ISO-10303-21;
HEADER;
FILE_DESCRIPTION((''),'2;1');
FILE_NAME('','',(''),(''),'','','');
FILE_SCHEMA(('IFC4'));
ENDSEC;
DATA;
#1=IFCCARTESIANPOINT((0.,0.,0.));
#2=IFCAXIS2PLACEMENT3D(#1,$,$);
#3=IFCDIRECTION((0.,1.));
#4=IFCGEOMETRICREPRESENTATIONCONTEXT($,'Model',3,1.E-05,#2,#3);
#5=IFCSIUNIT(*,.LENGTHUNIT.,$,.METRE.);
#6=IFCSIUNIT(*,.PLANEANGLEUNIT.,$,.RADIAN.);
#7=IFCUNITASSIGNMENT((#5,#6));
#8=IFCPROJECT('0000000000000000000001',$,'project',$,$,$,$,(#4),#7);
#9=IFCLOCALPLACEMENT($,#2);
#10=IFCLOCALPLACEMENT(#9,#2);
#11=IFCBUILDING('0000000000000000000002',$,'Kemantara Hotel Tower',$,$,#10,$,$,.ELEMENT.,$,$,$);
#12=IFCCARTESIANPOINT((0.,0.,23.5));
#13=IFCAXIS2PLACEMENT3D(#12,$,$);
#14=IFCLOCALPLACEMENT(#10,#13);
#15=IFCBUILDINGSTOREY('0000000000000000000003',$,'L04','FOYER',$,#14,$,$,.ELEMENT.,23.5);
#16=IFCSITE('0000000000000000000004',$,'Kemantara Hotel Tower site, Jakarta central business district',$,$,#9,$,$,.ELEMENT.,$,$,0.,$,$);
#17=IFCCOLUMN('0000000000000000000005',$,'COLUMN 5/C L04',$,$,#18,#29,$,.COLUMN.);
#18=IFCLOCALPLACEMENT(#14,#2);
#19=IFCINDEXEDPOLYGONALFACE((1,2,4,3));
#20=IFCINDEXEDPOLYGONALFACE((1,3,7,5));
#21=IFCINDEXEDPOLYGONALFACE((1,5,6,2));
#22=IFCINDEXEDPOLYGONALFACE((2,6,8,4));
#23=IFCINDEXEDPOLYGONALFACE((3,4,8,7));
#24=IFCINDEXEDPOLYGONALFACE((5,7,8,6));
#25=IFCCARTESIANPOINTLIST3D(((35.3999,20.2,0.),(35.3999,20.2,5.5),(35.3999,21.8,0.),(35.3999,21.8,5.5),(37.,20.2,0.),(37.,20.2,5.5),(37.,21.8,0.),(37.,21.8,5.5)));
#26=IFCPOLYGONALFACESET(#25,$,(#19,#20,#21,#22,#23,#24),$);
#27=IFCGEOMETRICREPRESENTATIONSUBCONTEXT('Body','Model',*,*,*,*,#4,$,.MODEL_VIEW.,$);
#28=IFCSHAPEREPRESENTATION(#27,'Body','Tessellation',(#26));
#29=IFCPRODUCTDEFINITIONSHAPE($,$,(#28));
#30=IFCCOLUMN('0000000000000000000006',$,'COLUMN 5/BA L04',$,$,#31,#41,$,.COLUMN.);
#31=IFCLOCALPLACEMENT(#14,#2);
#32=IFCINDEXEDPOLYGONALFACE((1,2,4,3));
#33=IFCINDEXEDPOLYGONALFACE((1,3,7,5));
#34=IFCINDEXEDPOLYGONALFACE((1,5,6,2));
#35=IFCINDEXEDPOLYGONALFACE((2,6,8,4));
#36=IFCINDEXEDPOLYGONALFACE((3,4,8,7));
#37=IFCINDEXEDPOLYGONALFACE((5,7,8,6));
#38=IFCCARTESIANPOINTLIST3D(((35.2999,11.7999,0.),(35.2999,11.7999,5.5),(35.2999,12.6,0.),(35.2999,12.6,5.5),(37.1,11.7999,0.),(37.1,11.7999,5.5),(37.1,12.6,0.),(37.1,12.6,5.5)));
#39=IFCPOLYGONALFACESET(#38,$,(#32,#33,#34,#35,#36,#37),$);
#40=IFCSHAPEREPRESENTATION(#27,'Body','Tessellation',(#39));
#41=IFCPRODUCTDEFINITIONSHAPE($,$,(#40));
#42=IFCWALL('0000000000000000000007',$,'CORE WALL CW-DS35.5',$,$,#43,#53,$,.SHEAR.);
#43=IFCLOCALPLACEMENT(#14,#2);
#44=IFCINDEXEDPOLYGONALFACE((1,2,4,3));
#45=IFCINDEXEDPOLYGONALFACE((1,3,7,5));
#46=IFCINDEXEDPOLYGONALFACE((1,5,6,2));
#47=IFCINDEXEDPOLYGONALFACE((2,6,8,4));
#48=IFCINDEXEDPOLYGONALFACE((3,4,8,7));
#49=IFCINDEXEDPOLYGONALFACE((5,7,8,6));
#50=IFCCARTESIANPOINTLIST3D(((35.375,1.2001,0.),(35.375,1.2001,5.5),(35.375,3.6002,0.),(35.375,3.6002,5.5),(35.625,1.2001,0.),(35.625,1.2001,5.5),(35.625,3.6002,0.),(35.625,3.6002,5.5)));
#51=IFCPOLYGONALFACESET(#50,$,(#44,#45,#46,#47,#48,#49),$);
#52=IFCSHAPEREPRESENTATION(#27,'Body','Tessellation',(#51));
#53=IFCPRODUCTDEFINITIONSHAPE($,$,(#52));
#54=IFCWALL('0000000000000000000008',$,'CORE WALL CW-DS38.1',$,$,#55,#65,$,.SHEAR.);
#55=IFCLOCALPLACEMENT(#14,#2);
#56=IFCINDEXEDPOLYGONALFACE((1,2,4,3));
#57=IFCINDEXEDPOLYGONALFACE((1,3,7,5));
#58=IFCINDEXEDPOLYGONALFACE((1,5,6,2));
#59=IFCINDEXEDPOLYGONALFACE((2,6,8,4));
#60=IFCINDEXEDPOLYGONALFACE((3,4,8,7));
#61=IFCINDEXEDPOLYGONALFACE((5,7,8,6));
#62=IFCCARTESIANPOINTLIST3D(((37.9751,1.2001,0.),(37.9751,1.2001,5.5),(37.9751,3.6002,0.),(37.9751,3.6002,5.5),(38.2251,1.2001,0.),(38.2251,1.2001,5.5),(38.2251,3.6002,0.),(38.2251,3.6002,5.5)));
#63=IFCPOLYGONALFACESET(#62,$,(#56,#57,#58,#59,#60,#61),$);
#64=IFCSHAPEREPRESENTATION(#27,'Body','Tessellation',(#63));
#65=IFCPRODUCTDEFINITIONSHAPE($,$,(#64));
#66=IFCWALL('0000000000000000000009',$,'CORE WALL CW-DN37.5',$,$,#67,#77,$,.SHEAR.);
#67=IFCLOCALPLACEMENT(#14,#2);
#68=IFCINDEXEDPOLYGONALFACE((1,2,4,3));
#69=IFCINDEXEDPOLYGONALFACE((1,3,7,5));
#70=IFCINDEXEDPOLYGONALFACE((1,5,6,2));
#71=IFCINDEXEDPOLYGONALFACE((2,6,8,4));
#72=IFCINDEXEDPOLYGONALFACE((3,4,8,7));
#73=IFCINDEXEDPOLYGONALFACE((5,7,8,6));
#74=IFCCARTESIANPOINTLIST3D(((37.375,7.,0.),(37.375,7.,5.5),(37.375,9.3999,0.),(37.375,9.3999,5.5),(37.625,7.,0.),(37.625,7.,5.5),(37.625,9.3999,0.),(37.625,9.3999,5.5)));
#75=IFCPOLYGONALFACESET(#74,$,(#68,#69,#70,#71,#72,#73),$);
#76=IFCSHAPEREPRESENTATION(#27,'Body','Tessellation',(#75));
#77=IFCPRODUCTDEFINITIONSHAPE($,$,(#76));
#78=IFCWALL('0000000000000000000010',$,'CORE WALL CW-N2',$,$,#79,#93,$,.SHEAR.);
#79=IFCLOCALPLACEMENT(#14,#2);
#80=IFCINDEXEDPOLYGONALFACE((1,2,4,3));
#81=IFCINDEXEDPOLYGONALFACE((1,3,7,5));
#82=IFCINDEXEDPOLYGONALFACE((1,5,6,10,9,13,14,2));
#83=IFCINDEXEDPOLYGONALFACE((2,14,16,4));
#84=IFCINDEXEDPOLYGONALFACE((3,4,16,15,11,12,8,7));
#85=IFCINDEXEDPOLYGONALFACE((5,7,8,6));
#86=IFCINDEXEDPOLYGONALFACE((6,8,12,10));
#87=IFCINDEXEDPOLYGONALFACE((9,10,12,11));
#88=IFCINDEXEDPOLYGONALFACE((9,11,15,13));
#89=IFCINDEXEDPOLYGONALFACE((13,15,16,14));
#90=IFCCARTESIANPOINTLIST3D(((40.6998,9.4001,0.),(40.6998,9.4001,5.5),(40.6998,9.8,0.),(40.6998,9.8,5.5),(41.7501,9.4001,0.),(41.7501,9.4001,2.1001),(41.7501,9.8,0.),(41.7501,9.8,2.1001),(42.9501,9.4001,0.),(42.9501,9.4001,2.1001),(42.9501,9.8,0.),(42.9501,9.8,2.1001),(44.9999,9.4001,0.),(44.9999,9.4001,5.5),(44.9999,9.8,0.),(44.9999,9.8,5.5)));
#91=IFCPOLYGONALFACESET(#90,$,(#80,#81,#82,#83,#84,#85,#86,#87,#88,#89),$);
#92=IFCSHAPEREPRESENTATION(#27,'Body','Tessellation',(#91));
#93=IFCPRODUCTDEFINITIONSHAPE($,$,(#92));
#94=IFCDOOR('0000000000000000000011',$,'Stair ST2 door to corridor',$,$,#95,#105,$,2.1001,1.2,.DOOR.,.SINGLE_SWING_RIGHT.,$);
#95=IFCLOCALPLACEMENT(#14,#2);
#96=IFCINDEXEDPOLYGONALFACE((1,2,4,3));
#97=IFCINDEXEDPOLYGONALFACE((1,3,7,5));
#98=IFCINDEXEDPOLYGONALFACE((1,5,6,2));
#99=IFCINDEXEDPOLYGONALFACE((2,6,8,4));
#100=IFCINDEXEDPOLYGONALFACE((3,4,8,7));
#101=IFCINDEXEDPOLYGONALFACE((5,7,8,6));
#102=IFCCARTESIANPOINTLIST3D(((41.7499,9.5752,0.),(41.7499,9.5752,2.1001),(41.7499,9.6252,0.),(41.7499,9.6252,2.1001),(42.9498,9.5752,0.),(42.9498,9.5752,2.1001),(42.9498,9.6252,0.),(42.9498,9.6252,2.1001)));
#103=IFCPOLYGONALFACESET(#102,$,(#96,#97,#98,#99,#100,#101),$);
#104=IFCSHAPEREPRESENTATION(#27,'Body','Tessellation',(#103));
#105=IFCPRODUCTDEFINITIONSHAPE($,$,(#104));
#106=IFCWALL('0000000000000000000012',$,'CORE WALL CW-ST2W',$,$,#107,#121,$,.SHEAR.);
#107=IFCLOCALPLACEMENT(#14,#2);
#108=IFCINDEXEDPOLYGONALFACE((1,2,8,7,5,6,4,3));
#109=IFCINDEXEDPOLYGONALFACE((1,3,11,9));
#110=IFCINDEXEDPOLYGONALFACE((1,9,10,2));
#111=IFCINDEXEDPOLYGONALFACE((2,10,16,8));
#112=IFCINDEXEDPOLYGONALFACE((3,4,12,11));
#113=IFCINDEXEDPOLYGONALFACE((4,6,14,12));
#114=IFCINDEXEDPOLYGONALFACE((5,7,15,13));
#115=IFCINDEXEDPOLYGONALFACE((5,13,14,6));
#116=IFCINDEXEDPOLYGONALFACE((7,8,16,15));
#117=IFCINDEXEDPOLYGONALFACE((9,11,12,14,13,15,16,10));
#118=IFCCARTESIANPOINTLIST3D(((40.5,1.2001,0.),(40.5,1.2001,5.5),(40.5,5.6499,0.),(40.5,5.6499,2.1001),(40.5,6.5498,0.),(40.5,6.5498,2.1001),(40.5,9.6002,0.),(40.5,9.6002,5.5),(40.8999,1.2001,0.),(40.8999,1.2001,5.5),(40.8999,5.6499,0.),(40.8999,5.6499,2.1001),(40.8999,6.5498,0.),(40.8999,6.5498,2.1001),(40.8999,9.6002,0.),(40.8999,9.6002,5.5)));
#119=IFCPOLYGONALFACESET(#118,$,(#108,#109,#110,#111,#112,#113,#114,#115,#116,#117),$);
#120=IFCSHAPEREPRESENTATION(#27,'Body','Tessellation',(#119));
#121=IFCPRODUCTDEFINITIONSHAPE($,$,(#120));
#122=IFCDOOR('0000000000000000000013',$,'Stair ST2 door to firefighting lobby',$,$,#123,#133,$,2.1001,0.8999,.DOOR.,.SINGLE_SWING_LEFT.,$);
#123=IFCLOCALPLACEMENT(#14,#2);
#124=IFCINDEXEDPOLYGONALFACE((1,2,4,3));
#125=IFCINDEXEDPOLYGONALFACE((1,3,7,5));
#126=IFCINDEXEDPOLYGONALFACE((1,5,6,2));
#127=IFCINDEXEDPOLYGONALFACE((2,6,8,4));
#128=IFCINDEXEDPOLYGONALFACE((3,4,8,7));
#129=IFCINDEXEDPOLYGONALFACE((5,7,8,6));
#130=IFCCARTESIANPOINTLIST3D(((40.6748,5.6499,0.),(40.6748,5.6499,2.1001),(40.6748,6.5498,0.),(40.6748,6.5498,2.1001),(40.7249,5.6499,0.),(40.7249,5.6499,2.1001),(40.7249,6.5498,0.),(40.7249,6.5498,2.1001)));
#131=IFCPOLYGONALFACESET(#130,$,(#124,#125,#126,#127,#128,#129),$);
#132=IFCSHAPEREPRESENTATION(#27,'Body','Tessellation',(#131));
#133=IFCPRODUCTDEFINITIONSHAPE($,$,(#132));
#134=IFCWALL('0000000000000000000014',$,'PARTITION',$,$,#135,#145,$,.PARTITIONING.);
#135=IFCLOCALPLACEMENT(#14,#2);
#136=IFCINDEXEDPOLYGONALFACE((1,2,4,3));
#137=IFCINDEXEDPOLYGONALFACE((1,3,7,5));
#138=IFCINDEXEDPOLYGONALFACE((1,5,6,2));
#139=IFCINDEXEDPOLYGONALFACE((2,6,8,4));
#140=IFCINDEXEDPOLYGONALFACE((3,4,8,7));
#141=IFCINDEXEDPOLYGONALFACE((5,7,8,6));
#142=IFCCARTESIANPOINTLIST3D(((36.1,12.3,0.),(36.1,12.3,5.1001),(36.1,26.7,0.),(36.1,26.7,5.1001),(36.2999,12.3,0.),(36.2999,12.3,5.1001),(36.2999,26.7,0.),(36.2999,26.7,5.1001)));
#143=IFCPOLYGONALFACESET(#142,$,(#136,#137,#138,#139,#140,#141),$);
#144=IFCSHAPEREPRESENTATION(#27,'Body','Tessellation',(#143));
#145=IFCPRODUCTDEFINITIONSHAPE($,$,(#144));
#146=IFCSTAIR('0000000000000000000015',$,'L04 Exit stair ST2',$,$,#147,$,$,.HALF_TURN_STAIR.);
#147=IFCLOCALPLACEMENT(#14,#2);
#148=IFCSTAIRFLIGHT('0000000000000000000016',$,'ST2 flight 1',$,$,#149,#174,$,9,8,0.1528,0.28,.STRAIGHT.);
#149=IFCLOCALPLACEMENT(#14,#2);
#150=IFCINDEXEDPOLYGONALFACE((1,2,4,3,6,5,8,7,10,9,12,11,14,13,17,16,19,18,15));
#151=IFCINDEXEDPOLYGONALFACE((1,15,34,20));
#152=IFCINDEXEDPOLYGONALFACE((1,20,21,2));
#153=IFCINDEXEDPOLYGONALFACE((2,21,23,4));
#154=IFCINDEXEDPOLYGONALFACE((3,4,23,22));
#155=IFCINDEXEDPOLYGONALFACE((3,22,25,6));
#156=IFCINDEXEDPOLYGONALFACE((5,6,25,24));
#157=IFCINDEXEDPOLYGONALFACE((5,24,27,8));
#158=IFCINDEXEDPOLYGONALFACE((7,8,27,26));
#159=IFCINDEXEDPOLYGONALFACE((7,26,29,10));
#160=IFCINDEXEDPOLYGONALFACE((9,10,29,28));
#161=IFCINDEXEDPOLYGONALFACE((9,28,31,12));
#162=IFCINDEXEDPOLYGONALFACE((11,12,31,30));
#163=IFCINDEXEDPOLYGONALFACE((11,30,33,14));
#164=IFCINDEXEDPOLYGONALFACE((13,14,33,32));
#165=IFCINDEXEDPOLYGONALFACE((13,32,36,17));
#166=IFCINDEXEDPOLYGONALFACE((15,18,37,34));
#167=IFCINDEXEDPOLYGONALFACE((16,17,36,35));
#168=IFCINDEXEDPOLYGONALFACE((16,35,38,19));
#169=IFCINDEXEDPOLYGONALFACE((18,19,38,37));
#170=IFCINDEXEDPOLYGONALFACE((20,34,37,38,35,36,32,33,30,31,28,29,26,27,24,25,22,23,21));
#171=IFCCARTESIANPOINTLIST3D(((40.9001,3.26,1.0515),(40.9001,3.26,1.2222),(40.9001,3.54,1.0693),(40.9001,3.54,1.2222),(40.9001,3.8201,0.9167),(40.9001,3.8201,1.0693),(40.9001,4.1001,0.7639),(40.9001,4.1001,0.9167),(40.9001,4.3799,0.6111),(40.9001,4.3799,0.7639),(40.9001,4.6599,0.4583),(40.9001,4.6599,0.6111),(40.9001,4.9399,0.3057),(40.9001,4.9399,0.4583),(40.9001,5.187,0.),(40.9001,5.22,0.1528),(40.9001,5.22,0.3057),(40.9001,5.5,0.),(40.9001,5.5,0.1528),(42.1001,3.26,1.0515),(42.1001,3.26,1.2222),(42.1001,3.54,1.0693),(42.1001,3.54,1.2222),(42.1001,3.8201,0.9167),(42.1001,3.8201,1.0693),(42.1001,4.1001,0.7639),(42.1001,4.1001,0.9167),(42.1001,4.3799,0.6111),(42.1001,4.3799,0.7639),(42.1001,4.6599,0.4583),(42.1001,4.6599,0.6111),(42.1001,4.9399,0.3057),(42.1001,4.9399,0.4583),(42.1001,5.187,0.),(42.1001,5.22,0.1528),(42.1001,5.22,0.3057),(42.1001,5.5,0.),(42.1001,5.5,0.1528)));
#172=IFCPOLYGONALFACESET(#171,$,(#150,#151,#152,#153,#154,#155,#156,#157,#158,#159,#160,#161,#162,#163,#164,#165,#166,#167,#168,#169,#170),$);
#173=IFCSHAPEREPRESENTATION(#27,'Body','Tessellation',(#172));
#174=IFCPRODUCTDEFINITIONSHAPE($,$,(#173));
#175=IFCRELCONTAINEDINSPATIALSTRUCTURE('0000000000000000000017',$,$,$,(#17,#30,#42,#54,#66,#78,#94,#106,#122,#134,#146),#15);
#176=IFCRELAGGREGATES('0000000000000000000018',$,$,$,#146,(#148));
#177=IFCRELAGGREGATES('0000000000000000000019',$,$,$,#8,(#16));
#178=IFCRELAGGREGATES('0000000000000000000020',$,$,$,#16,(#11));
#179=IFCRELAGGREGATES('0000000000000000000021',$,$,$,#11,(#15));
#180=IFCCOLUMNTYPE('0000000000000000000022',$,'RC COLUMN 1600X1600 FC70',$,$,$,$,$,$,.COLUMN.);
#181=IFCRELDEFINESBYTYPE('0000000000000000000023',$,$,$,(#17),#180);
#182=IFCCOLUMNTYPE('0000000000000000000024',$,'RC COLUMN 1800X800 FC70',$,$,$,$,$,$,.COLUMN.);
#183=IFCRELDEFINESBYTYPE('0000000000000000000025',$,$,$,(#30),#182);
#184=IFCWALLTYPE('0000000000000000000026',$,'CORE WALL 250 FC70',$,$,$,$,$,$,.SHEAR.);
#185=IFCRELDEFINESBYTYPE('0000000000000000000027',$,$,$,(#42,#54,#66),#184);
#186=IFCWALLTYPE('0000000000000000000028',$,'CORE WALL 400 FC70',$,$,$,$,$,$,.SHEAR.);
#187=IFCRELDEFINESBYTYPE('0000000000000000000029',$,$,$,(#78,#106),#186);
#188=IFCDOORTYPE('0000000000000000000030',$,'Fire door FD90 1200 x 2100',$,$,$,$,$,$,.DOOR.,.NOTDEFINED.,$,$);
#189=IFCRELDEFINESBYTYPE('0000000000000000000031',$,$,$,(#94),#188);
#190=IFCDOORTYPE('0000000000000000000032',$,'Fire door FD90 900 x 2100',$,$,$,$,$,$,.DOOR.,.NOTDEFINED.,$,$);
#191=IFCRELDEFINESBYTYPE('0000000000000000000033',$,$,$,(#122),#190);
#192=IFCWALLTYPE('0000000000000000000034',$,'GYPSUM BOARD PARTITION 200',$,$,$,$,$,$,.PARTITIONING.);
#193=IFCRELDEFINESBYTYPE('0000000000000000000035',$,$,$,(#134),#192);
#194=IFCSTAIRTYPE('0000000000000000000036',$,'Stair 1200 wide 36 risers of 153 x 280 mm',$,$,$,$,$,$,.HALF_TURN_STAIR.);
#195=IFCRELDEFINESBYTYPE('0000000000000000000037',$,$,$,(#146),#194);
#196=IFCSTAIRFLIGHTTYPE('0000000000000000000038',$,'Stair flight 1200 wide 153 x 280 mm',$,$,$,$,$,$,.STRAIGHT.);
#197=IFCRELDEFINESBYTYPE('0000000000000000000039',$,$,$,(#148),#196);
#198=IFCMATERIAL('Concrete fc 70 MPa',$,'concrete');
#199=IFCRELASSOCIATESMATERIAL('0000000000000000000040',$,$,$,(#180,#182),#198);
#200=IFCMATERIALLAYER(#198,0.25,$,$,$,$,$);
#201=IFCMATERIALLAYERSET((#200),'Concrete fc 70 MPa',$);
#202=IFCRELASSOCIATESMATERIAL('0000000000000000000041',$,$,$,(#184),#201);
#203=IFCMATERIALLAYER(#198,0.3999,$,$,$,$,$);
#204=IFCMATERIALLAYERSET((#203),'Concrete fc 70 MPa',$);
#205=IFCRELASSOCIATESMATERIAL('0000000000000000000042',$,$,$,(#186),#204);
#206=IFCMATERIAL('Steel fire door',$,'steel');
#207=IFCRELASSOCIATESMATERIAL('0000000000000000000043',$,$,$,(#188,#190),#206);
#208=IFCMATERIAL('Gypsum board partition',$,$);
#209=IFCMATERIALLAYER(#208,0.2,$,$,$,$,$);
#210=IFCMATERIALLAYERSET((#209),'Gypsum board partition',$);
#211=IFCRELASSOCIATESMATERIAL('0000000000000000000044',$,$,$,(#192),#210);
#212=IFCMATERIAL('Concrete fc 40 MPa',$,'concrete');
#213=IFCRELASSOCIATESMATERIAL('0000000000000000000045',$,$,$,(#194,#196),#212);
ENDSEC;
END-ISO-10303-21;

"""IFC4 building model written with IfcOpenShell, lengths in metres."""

from ifc_helpers import new_model, si_unit, direction, frame, frame_2d, origin, origin_2d, place, context, subcontext, project, spatial, polyline, rectangle, outline, extrude, material, layer, layer_set, material_profile, profile_set, type_object, element, fill, aggregate, save


model = new_model("IFC4")

# Units and contexts
model_context = context("Model", 3, precision=1e-05, world=origin(), true_north=direction((0.0, 1.0)))
body_context = subcontext(model_context, "Body", "Model", "MODEL_VIEW")
ifc_project = project(units=[si_unit("LENGTHUNIT", "METRE"), si_unit("PLANEANGLEUNIT", "RADIAN")], contexts=[model_context])

# Site, building, storey
site_placement = place(None, origin())
site = spatial("IfcSite", under=ifc_project, at=site_placement, Name="Kemantara Hotel Tower site, Jakarta central business district", CompositionType="ELEMENT", RefElevation=0.0)
building_placement = place(site_placement, origin())
building = spatial("IfcBuilding", under=site, at=building_placement, Name="Kemantara Hotel Tower", CompositionType="ELEMENT")
storey_placement = place(building_placement, frame((0.0, 0.0, 23.5)))
storey = spatial("IfcBuildingStorey", under=building, at=storey_placement, Name="L04", Description="FOYER", CompositionType="ELEMENT", Elevation=23.5)

# Columns
ifc_material_1 = material(Name="Concrete fc 70 MPa", Category="concrete")
ifc_material_profile_1 = material_profile(ifc_material_1, rectangle(XDim=1.6001, YDim=1.6001, at=origin_2d()), Name="RC 1600X1600")
ifc_profile_set_1 = profile_set([ifc_material_profile_1], Name="Concrete fc 70 MPa")
column_type_1 = type_object("IfcColumnType", Name="RC COLUMN 1600X1600 FC70", PredefinedType="COLUMN", material=ifc_profile_set_1)
column_1_placement = place(storey_placement, frame((36.2, 21.0, 0.0), z_axis=(0.0, 0.0, 1.0), x_axis=(1.0, 0.0, 0.0)))
element("IfcColumn", 1, at=column_1_placement, inside=storey, type_object=column_type_1, Name="COLUMN 5/C L04", PredefinedType="COLUMN", context=body_context, shape_type="SweptSolid", body=[
    extrude(rectangle(XDim=1.6001, YDim=1.6001, at=origin_2d()), origin(), (0.0, 0.0, 1.0), 5.5),
])
ifc_material_profile_2 = material_profile(ifc_material_1, rectangle(XDim=1.8, YDim=0.8, at=origin_2d()), Name="RC 1800X800")
ifc_profile_set_2 = profile_set([ifc_material_profile_2], Name="Concrete fc 70 MPa")
column_type_2 = type_object("IfcColumnType", Name="RC COLUMN 1800X800 FC70", PredefinedType="COLUMN", material=ifc_profile_set_2)
column_2_placement = place(storey_placement, frame((36.2, 12.2, 0.0), z_axis=(0.0, 0.0, 1.0), x_axis=(1.0, 0.0, 0.0)))
element("IfcColumn", 2, at=column_2_placement, inside=storey, type_object=column_type_2, Name="COLUMN 5/BA L04", PredefinedType="COLUMN", context=body_context, shape_type="SweptSolid", body=[
    extrude(rectangle(XDim=1.8, YDim=0.8, at=origin_2d()), origin(), (0.0, 0.0, 1.0), 5.5),
])

# Walls
ifc_layer_1 = layer(ifc_material_1, 0.25)
ifc_layer_set_1 = layer_set([ifc_layer_1], Name="Concrete fc 70 MPa")
wall_type_1 = type_object("IfcWallType", Name="CORE WALL 250 FC70", PredefinedType="SHEAR", material=ifc_layer_set_1)
for number, where, z_axis, x_axis, name in (
    (3, (35.5, 1.2, 0.0), (0.0, 0.0, 1.0), (0.0, 1.0, 0.0), "CORE WALL CW-DS35.5"),
    (4, (38.1001, 1.2, 0.0), (0.0, 0.0, 1.0), (0.0, 1.0, 0.0), "CORE WALL CW-DS38.1"),
):
    element("IfcWall", number, at=place(storey_placement, frame(where, z_axis=z_axis, x_axis=x_axis)), inside=storey, type_object=wall_type_1, Name=name, PredefinedType="SHEAR", context=body_context, shape_type="SweptSolid", body=[
        extrude(rectangle(XDim=2.4001, YDim=0.25, at=frame_2d((1.2002, 0.0))), origin(), (0.0, 0.0, 1.0), 5.5),
    ])
wall_1_placement = place(storey_placement, frame((37.5, 7.0, 0.0), z_axis=(0.0, 0.0, 1.0), x_axis=(0.0, 1.0, 0.0)))
element("IfcWall", 5, at=wall_1_placement, inside=storey, type_object=wall_type_1, Name="CORE WALL CW-DN37.5", PredefinedType="SHEAR", context=body_context, shape_type="SweptSolid", body=[
    extrude(rectangle(XDim=2.3999, YDim=0.25, at=frame_2d((1.2, 0.0))), origin(), (0.0, 0.0, 1.0), 5.5),
])

# Walls, openings, doors
ifc_layer_2 = layer(ifc_material_1, 0.3999)
ifc_layer_set_2 = layer_set([ifc_layer_2], Name="Concrete fc 70 MPa")
wall_type_2 = type_object("IfcWallType", Name="CORE WALL 400 FC70", PredefinedType="SHEAR", material=ifc_layer_set_2)
wall_2_placement = place(storey_placement, frame((40.7, 9.6001, 0.0), z_axis=(0.0, 0.0, 1.0), x_axis=(1.0, 0.0, 0.0)))
wall_2 = element("IfcWall", 6, at=wall_2_placement, inside=storey, type_object=wall_type_2, Name="CORE WALL CW-N2", PredefinedType="SHEAR", context=body_context, shape_type="SweptSolid", body=[
    extrude(rectangle(XDim=4.3, YDim=0.3999, at=frame_2d((2.1499, 0.0))), origin(), (0.0, 0.0, 1.0), 5.5),
])
opening_1_placement = place(wall_2_placement, frame((1.05, 0.0, 0.0)))
opening_1 = element("IfcOpeningElement", 7, at=opening_1_placement, cuts=wall_2, PredefinedType="OPENING", context=body_context, shape_type="SweptSolid", body=[
    extrude(rectangle(XDim=1.2, YDim=2.1001, at=frame_2d((0.6001, 1.05))), frame((0.0, 0.21, 0.0), z_axis=(0.0, -1.0, 0.0), x_axis=(1.0, 0.0, 0.0)), (0.0, 0.0, 1.0), 0.4199),
])
ifc_material_2 = material(Name="Steel fire door", Category="steel")
door_type_1 = type_object("IfcDoorType", Name="Fire door FD90 1200 x 2100", OperationType="NOTDEFINED", PredefinedType="DOOR", material=ifc_material_2)
door_1_placement = place(opening_1_placement, frame((1.2, 0.0, 0.0), z_axis=(0.0, 0.0, 1.0), x_axis=(-1.0, 0.0, 0.0)))
door_1 = element("IfcDoor", 8, at=door_1_placement, inside=storey, type_object=door_type_1, Name="Stair ST2 door to corridor", OperationType="SINGLE_SWING_RIGHT", OverallHeight=2.1001, OverallWidth=1.2, PredefinedType="DOOR", context=body_context, shape_type="SweptSolid", body=[
    extrude(rectangle(XDim=1.2, YDim=2.1001, at=frame_2d((0.6001, 1.05))), frame((0.0, 0.0249, 0.0), z_axis=(0.0, -1.0, 0.0), x_axis=(1.0, 0.0, 0.0)), (0.0, 0.0, 1.0), 0.05),
])
fill(opening_1, door_1)
wall_3_placement = place(storey_placement, frame((40.7, 1.2, 0.0), z_axis=(0.0, 0.0, 1.0), x_axis=(0.0, 1.0, 0.0)))
wall_3 = element("IfcWall", 9, at=wall_3_placement, inside=storey, type_object=wall_type_2, Name="CORE WALL CW-ST2W", PredefinedType="SHEAR", context=body_context, shape_type="SweptSolid", body=[
    extrude(rectangle(XDim=8.4001, YDim=0.3999, at=frame_2d((4.2002, 0.0))), origin(), (0.0, 0.0, 1.0), 5.5),
])
opening_2_placement = place(wall_3_placement, frame((4.45, 0.0, 0.0)))
opening_2 = element("IfcOpeningElement", 10, at=opening_2_placement, cuts=wall_3, PredefinedType="OPENING", context=body_context, shape_type="SweptSolid", body=[
    extrude(rectangle(XDim=0.8999, YDim=2.1001, at=frame_2d((0.45, 1.05))), frame((0.0, 0.21, 0.0), z_axis=(0.0, -1.0, 0.0), x_axis=(1.0, 0.0, 0.0)), (0.0, 0.0, 1.0), 0.4199),
])
door_type_2 = type_object("IfcDoorType", Name="Fire door FD90 900 x 2100", OperationType="NOTDEFINED", PredefinedType="DOOR", material=ifc_material_2)
door_2_placement = place(opening_2_placement, frame((0.8999, 0.0, 0.0), z_axis=(0.0, 0.0, 1.0), x_axis=(-1.0, 0.0, 0.0)))
door_2 = element("IfcDoor", 11, at=door_2_placement, inside=storey, type_object=door_type_2, Name="Stair ST2 door to firefighting lobby", OperationType="SINGLE_SWING_LEFT", OverallHeight=2.1001, OverallWidth=0.8999, PredefinedType="DOOR", context=body_context, shape_type="SweptSolid", body=[
    extrude(rectangle(XDim=0.8999, YDim=2.1001, at=frame_2d((0.45, 1.05))), frame((0.0, 0.0249, 0.0), z_axis=(0.0, -1.0, 0.0), x_axis=(1.0, 0.0, 0.0)), (0.0, 0.0, 1.0), 0.05),
])
fill(opening_2, door_2)

# Wall
ifc_material_3 = material(Name="Gypsum board partition")
ifc_layer_3 = layer(ifc_material_3, 0.2)
ifc_layer_set_3 = layer_set([ifc_layer_3], Name="Gypsum board partition")
wall_type_3 = type_object("IfcWallType", Name="GYPSUM BOARD PARTITION 200", PredefinedType="PARTITIONING", material=ifc_layer_set_3)
wall_4_placement = place(storey_placement, frame((36.2, 12.3, 0.0), z_axis=(0.0, 0.0, 1.0), x_axis=(0.0, 1.0, 0.0)))
element("IfcWall", 12, at=wall_4_placement, inside=storey, type_object=wall_type_3, Name="PARTITION", PredefinedType="PARTITIONING", context=body_context, shape_type="SweptSolid", body=[
    extrude(rectangle(XDim=14.3999, YDim=0.2, at=frame_2d((7.2, 0.0))), origin(), (0.0, 0.0, 1.0), 5.1001),
])

# Stair, stair flight
ifc_material_4 = material(Name="Concrete fc 40 MPa", Category="concrete")
stair_type = type_object("IfcStairType", Name="Stair 1200 wide 36 risers of 153 x 280 mm", PredefinedType="HALF_TURN_STAIR", material=ifc_material_4)
stair_placement = place(storey_placement, origin())
stair = element("IfcStair", 13, at=stair_placement, inside=storey, type_object=stair_type, Name="L04 Exit stair ST2", PredefinedType="HALF_TURN_STAIR")
stair_flight_type = type_object("IfcStairFlightType", Name="Stair flight 1200 wide 153 x 280 mm", PredefinedType="STRAIGHT", material=ifc_material_4)
stair_flight_1_placement = place(storey_placement, frame((41.5, 5.5, 0.0), z_axis=(0.0, 0.0, 1.0), x_axis=(0.0, -1.0, 0.0)))
stair_flight_1 = element("IfcStairFlight", 14, at=stair_flight_1_placement, type_object=stair_flight_type, Name="ST2 flight 1", NumberOfRisers=9, NumberOfTreads=8, PredefinedType="STRAIGHT", RiserHeight=0.1528, TreadLength=0.28, context=body_context, shape_type="SweptSolid", body=[
    extrude(outline(polyline([(0.0, 0.0), (0.0, 0.1528), (0.28, 0.1528), (0.28, 0.3057), (0.5601, 0.3057), (0.5601, 0.4583), (0.8401, 0.4583), (0.8401, 0.6111), (1.1201, 0.6111), (1.1201, 0.7639), (1.3999, 0.7639), (1.3999, 0.9167), (1.6799, 0.9167), (1.6799, 1.0693), (1.96, 1.0693), (1.96, 1.2222), (2.24, 1.2222), (2.24, 1.375), (2.24, 1.0515), (0.313, 0.0), (0.0, 0.0)])), frame((0.0, 0.6001, 0.0), z_axis=(0.0, -1.0, 0.0), x_axis=(1.0, 0.0, 0.0)), (0.0, 0.0, 1.0), 1.2),
])
aggregate(stair, [stair_flight_1])

save(model, "model.ifc")
